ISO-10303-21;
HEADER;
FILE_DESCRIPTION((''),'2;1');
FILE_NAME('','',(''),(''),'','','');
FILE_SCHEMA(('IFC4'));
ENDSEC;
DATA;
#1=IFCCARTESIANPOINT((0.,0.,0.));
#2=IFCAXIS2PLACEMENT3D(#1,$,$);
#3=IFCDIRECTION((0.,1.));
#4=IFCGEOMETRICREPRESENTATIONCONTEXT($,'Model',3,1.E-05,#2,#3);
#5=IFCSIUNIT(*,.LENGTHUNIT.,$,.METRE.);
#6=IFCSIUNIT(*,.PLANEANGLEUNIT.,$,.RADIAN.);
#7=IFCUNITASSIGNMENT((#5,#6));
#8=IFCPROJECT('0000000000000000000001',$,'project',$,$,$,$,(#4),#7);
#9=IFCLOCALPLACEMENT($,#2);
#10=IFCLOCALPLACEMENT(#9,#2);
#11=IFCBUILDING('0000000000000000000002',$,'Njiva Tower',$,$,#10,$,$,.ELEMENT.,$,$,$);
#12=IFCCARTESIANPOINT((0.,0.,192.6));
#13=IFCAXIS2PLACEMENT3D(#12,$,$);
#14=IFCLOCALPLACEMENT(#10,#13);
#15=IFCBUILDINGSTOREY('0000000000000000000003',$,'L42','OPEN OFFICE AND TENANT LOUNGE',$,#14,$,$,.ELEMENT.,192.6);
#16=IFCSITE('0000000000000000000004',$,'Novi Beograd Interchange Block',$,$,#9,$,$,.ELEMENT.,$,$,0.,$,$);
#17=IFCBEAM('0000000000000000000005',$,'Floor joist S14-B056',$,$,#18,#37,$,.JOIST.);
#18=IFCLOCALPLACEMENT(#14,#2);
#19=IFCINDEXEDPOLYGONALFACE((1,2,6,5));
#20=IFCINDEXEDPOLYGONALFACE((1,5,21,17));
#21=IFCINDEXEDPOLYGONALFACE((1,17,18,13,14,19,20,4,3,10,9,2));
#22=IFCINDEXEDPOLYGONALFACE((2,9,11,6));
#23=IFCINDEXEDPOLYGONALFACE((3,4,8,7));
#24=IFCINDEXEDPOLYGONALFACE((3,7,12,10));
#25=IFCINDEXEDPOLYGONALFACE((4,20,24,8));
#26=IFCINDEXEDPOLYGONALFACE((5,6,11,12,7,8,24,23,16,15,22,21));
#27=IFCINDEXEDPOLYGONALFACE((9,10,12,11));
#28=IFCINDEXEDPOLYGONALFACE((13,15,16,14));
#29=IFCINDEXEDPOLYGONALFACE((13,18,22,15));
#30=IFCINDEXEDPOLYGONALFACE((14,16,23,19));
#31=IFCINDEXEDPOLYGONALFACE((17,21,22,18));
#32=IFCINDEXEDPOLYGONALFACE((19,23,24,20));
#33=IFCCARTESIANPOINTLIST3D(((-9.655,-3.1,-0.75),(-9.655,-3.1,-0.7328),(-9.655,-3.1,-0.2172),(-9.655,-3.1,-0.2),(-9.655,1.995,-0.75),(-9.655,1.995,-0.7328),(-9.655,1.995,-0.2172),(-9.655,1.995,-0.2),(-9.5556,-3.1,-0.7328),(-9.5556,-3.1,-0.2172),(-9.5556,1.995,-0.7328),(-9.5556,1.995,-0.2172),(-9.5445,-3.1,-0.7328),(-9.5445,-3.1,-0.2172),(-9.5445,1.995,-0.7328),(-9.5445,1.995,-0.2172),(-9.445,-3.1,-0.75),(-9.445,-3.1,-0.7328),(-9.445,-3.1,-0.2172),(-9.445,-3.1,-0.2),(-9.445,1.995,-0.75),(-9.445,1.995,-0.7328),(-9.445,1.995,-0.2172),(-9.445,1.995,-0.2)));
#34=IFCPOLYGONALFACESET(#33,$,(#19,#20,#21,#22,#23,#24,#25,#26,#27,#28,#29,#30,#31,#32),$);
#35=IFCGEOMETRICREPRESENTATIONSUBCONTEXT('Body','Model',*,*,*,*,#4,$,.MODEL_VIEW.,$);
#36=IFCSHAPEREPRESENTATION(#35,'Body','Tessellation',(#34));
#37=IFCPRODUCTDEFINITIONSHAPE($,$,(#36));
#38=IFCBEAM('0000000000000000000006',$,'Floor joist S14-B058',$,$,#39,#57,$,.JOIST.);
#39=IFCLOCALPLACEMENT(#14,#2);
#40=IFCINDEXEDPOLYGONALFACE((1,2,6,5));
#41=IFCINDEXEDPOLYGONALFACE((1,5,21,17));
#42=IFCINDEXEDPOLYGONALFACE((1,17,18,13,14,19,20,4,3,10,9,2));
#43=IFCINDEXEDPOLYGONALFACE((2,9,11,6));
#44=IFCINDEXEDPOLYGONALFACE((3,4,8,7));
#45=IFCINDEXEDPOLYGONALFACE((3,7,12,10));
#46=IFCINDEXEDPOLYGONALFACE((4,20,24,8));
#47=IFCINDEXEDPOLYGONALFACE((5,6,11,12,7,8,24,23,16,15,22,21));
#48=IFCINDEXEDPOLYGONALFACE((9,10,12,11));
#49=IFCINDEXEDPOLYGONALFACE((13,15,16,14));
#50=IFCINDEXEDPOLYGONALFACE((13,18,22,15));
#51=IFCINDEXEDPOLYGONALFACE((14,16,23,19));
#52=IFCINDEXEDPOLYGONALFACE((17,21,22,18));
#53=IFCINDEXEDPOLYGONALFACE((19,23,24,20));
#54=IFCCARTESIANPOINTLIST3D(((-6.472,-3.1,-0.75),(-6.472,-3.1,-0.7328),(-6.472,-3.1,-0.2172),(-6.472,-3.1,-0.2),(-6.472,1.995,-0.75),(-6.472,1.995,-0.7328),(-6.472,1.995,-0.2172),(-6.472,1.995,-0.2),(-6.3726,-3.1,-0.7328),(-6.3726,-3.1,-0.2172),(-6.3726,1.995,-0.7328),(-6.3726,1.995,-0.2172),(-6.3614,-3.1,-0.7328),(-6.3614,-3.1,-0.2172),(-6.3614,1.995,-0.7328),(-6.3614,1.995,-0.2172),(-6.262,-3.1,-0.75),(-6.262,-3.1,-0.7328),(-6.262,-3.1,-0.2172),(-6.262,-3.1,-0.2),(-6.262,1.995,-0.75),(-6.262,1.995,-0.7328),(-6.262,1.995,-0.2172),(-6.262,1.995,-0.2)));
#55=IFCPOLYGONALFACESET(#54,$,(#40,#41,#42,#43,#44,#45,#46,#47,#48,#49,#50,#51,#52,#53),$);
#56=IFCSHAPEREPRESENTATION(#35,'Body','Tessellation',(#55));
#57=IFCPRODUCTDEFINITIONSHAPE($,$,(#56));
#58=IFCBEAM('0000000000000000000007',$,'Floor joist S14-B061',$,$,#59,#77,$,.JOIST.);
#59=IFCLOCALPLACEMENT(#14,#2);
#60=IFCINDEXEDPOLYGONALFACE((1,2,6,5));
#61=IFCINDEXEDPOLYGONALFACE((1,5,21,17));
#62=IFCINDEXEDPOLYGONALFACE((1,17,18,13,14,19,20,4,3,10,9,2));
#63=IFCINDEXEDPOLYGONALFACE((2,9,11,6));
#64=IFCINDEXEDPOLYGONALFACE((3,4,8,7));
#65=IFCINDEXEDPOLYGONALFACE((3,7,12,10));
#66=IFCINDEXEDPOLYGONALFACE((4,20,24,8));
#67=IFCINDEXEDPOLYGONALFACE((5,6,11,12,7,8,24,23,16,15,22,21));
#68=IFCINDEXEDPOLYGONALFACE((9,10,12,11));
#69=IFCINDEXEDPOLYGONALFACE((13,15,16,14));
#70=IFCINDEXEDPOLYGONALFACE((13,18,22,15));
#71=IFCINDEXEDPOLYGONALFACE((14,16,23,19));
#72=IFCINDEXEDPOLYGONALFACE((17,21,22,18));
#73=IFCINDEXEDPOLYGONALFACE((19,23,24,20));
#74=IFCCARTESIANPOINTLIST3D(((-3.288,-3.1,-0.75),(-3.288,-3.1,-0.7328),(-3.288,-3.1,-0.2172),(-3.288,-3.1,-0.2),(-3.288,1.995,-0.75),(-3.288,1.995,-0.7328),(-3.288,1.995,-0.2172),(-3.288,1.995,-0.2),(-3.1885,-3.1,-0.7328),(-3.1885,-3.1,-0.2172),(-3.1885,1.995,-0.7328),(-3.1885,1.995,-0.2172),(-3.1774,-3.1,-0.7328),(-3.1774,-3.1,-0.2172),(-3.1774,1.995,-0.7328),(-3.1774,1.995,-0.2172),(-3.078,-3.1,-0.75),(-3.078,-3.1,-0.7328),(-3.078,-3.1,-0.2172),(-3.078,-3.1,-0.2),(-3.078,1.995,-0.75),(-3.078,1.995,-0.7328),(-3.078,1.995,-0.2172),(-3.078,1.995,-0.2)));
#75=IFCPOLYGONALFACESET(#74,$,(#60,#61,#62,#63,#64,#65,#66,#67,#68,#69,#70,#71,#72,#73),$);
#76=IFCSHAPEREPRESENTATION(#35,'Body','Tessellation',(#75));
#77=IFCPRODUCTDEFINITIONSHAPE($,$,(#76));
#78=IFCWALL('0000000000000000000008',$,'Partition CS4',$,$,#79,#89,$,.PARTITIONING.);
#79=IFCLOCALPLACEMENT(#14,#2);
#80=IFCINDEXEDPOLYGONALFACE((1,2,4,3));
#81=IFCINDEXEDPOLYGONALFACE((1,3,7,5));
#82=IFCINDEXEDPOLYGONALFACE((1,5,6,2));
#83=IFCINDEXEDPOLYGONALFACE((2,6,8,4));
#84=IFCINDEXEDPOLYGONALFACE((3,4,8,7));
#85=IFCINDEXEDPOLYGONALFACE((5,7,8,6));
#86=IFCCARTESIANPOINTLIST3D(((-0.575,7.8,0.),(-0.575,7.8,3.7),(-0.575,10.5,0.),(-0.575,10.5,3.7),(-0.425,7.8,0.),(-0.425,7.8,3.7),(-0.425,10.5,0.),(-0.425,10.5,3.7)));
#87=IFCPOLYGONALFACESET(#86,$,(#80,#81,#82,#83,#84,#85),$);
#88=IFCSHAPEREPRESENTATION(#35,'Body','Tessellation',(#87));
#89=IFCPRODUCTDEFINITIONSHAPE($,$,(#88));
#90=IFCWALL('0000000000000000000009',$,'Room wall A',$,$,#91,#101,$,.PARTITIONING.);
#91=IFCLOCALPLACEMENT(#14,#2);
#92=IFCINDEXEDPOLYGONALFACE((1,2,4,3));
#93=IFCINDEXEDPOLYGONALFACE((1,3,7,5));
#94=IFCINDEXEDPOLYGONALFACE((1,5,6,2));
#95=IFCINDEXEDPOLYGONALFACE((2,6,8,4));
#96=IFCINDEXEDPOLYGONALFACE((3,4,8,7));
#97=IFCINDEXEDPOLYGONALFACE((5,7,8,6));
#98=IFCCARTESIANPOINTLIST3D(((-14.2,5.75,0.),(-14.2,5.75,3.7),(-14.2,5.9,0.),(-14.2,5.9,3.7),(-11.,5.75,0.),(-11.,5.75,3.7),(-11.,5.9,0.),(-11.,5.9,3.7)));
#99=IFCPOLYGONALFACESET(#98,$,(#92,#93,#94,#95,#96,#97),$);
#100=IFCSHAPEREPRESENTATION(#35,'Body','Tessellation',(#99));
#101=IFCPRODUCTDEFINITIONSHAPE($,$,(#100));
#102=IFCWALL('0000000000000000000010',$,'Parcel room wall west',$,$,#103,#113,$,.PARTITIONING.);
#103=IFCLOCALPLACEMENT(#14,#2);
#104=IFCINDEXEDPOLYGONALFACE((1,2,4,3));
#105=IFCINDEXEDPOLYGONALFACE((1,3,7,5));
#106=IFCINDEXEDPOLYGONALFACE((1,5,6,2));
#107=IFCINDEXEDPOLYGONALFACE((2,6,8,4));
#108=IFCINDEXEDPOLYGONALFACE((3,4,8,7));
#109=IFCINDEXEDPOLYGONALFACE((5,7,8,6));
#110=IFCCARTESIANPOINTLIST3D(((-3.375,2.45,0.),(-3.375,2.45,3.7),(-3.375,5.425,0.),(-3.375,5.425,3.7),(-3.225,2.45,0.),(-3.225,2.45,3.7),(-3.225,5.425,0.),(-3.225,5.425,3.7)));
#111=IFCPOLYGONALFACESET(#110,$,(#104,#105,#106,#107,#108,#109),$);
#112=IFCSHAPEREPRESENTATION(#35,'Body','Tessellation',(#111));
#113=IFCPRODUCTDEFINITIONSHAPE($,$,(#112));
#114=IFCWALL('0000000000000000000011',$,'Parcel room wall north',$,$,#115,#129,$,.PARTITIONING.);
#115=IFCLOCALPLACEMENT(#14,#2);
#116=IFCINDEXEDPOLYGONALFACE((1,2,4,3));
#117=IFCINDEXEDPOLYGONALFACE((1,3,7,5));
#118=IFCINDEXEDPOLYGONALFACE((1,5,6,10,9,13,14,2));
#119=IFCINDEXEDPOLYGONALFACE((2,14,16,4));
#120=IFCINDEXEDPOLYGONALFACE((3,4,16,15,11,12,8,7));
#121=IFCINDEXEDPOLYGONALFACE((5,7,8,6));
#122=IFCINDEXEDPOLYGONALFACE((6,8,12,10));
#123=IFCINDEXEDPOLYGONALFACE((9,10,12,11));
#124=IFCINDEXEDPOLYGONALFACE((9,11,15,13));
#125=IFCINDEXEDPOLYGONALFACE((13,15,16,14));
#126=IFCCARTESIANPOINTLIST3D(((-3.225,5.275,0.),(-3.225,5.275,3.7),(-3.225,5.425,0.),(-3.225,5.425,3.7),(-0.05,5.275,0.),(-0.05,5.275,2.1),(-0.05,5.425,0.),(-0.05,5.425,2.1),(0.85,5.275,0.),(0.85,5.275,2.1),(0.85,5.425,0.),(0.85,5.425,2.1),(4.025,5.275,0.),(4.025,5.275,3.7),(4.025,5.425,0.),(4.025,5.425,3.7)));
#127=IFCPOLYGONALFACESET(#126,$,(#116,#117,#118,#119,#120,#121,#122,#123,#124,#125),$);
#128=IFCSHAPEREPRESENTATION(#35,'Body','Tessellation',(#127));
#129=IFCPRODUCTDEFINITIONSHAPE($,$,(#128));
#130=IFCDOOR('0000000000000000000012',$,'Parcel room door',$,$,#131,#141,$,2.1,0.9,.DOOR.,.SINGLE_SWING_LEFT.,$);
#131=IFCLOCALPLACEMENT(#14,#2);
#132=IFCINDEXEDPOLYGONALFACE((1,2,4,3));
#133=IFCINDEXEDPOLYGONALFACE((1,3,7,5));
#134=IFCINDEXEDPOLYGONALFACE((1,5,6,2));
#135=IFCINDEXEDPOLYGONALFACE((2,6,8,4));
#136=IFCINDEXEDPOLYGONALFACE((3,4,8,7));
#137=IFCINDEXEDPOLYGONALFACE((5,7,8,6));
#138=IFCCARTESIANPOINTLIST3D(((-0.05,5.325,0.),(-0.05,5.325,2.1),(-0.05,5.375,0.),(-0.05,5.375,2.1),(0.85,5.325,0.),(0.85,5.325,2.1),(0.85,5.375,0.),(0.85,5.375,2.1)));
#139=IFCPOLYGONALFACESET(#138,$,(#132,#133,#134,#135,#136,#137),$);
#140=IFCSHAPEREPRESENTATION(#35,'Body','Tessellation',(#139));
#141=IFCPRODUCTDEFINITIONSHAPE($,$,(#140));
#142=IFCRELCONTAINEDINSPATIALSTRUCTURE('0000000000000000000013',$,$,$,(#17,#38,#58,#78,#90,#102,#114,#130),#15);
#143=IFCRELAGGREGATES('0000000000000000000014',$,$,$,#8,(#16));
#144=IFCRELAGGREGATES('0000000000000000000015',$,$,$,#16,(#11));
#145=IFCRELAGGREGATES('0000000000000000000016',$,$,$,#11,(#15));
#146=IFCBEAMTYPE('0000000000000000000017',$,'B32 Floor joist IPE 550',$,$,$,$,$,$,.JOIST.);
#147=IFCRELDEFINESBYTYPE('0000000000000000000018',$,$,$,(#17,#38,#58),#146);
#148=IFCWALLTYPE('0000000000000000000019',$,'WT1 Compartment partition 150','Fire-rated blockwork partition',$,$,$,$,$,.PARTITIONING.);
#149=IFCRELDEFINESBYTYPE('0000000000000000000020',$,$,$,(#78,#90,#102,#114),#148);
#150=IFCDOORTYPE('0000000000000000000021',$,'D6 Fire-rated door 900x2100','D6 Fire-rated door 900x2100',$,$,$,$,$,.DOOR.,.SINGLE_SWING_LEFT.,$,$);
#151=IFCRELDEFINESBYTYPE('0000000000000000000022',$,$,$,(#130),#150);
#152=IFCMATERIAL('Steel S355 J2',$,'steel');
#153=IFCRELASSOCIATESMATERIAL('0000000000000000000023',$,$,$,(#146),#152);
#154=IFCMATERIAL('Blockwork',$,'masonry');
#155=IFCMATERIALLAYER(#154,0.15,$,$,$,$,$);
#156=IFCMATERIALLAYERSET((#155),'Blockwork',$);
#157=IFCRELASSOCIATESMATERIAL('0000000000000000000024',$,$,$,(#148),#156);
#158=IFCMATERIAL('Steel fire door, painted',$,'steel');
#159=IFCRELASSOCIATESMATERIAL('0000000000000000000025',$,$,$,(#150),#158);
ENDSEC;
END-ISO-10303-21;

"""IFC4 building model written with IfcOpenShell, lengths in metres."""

from ifc_helpers import new_model, si_unit, direction, frame, frame_2d, origin, origin_2d, place, context, subcontext, project, spatial, rectangle, i_section, extrude, material, layer, layer_set, material_profile, profile_set, type_object, element, fill, save


model = new_model("IFC4")

# Units and contexts
model_context = context("Model", 3, precision=1e-05, world=origin(), true_north=direction((0.0, 1.0)))
body_context = subcontext(model_context, "Body", "Model", "MODEL_VIEW")
ifc_project = project(units=[si_unit("LENGTHUNIT", "METRE"), si_unit("PLANEANGLEUNIT", "RADIAN")], contexts=[model_context])

# Site, building, storey
site_placement = place(None, origin())
site = spatial("IfcSite", under=ifc_project, at=site_placement, Name="Novi Beograd Interchange Block", CompositionType="ELEMENT", RefElevation=0.0)
building_placement = place(site_placement, origin())
building = spatial("IfcBuilding", under=site, at=building_placement, Name="Njiva Tower", CompositionType="ELEMENT")
storey_placement = place(building_placement, frame((0.0, 0.0, 192.6)))
storey = spatial("IfcBuildingStorey", under=building, at=storey_placement, Name="L42", Description="OPEN OFFICE AND TENANT LOUNGE", CompositionType="ELEMENT", Elevation=192.6)

# Beams
ifc_material_1 = material(Name="Steel S355 J2", Category="steel")
ifc_material_profile = material_profile(ifc_material_1, i_section(OverallWidth=0.21, OverallDepth=0.55, WebThickness=0.0111, FlangeThickness=0.0172, at=origin_2d()), Name="IPE 550")
ifc_profile_set = profile_set([ifc_material_profile], Name="Steel S355 J2")
beam_type = type_object("IfcBeamType", Name="B32 Floor joist IPE 550", PredefinedType="JOIST", material=ifc_profile_set)
for number, where, z_axis, x_axis, name in (
    (1, (-9.55, 1.995, -0.475), (0.0, -1.0, 0.0), (1.0, 0.0, 0.0), "Floor joist S14-B056"),
    (2, (-6.367, 1.995, -0.475), (0.0, -1.0, 0.0), (1.0, 0.0, 0.0), "Floor joist S14-B058"),
    (3, (-3.183, 1.995, -0.475), (0.0, -1.0, 0.0), (1.0, 0.0, 0.0), "Floor joist S14-B061"),
):
    element("IfcBeam", number, at=place(storey_placement, frame(where, z_axis=z_axis, x_axis=x_axis)), inside=storey, type_object=beam_type, Name=name, PredefinedType="JOIST", context=body_context, shape_type="SweptSolid", body=[
        extrude(i_section(OverallWidth=0.21, OverallDepth=0.55, WebThickness=0.0111, FlangeThickness=0.0172, at=origin_2d()), origin(), (0.0, 0.0, 1.0), 5.095),
    ])

# Walls
ifc_material_2 = material(Name="Blockwork", Category="masonry")
ifc_layer_1 = layer(ifc_material_2, 0.15)
ifc_layer_set_1 = layer_set([ifc_layer_1], Name="Blockwork")
wall_type_1 = type_object("IfcWallType", Name="WT1 Compartment partition 150", Description="Fire-rated blockwork partition", PredefinedType="PARTITIONING", material=ifc_layer_set_1)
wall_1_placement = place(storey_placement, frame((-0.5, 7.8, 0.0), z_axis=(0.0, 0.0, 1.0), x_axis=(0.0, 1.0, 0.0)))
element("IfcWall", 4, at=wall_1_placement, inside=storey, type_object=wall_type_1, Name="Partition CS4", PredefinedType="PARTITIONING", context=body_context, shape_type="SweptSolid", body=[
    extrude(rectangle(XDim=2.7, YDim=0.15, at=frame_2d((1.35, 0.0))), origin(), (0.0, 0.0, 1.0), 3.7),
])
wall_2_placement = place(storey_placement, frame((-14.2, 5.825, 0.0), z_axis=(0.0, 0.0, 1.0), x_axis=(1.0, 0.0, 0.0)))
element("IfcWall", 5, at=wall_2_placement, inside=storey, type_object=wall_type_1, Name="Room wall A", PredefinedType="PARTITIONING", context=body_context, shape_type="SweptSolid", body=[
    extrude(rectangle(XDim=3.2, YDim=0.15, at=frame_2d((1.6, 0.0))), origin(), (0.0, 0.0, 1.0), 3.7),
])
wall_3_placement = place(storey_placement, frame((-3.3, 2.45, 0.0), z_axis=(0.0, 0.0, 1.0), x_axis=(0.0, 1.0, 0.0)))
element("IfcWall", 6, at=wall_3_placement, inside=storey, type_object=wall_type_1, Name="Parcel room wall west", PredefinedType="PARTITIONING", context=body_context, shape_type="SweptSolid", body=[
    extrude(rectangle(XDim=2.975, YDim=0.15, at=frame_2d((1.4875, 0.0))), origin(), (0.0, 0.0, 1.0), 3.7),
])

# Wall, opening, door
wall_4_placement = place(storey_placement, frame((-3.225, 5.35, 0.0), z_axis=(0.0, 0.0, 1.0), x_axis=(1.0, 0.0, 0.0)))
wall_4 = element("IfcWall", 7, at=wall_4_placement, inside=storey, type_object=wall_type_1, Name="Parcel room wall north", PredefinedType="PARTITIONING", context=body_context, shape_type="SweptSolid", body=[
    extrude(rectangle(XDim=7.25, YDim=0.15, at=frame_2d((3.625, 0.0))), origin(), (0.0, 0.0, 1.0), 3.7),
])
opening_1_placement = place(wall_4_placement, frame((3.175, 0.0, 0.0)))
opening_1 = element("IfcOpeningElement", 8, at=opening_1_placement, cuts=wall_4, PredefinedType="OPENING", context=body_context, shape_type="SweptSolid", body=[
    extrude(rectangle(XDim=0.9, YDim=2.1, at=frame_2d((0.45, 1.05))), frame((0.0, 0.085, 0.0), z_axis=(0.0, -1.0, 0.0), x_axis=(1.0, 0.0, 0.0)), (0.0, 0.0, 1.0), 0.17),
])
ifc_material_3 = material(Name="Steel fire door, painted", Category="steel")
door_type_1 = type_object("IfcDoorType", Name="D6 Fire-rated door 900x2100", Description="D6 Fire-rated door 900x2100", OperationType="SINGLE_SWING_LEFT", PredefinedType="DOOR", material=ifc_material_3)
door_1_placement = place(opening_1_placement, origin())
door_1 = element("IfcDoor", 9, at=door_1_placement, inside=storey, type_object=door_type_1, Name="Parcel room door", OperationType="SINGLE_SWING_LEFT", OverallHeight=2.1, OverallWidth=0.9, PredefinedType="DOOR", context=body_context, shape_type="SweptSolid", body=[
    extrude(rectangle(XDim=0.9, YDim=2.1, at=frame_2d((0.45, 1.05))), frame((0.0, 0.025, 0.0), z_axis=(0.0, -1.0, 0.0), x_axis=(1.0, 0.0, 0.0)), (0.0, 0.0, 1.0), 0.05),
])
fill(opening_1, door_1)

save(model, "model.ifc")
